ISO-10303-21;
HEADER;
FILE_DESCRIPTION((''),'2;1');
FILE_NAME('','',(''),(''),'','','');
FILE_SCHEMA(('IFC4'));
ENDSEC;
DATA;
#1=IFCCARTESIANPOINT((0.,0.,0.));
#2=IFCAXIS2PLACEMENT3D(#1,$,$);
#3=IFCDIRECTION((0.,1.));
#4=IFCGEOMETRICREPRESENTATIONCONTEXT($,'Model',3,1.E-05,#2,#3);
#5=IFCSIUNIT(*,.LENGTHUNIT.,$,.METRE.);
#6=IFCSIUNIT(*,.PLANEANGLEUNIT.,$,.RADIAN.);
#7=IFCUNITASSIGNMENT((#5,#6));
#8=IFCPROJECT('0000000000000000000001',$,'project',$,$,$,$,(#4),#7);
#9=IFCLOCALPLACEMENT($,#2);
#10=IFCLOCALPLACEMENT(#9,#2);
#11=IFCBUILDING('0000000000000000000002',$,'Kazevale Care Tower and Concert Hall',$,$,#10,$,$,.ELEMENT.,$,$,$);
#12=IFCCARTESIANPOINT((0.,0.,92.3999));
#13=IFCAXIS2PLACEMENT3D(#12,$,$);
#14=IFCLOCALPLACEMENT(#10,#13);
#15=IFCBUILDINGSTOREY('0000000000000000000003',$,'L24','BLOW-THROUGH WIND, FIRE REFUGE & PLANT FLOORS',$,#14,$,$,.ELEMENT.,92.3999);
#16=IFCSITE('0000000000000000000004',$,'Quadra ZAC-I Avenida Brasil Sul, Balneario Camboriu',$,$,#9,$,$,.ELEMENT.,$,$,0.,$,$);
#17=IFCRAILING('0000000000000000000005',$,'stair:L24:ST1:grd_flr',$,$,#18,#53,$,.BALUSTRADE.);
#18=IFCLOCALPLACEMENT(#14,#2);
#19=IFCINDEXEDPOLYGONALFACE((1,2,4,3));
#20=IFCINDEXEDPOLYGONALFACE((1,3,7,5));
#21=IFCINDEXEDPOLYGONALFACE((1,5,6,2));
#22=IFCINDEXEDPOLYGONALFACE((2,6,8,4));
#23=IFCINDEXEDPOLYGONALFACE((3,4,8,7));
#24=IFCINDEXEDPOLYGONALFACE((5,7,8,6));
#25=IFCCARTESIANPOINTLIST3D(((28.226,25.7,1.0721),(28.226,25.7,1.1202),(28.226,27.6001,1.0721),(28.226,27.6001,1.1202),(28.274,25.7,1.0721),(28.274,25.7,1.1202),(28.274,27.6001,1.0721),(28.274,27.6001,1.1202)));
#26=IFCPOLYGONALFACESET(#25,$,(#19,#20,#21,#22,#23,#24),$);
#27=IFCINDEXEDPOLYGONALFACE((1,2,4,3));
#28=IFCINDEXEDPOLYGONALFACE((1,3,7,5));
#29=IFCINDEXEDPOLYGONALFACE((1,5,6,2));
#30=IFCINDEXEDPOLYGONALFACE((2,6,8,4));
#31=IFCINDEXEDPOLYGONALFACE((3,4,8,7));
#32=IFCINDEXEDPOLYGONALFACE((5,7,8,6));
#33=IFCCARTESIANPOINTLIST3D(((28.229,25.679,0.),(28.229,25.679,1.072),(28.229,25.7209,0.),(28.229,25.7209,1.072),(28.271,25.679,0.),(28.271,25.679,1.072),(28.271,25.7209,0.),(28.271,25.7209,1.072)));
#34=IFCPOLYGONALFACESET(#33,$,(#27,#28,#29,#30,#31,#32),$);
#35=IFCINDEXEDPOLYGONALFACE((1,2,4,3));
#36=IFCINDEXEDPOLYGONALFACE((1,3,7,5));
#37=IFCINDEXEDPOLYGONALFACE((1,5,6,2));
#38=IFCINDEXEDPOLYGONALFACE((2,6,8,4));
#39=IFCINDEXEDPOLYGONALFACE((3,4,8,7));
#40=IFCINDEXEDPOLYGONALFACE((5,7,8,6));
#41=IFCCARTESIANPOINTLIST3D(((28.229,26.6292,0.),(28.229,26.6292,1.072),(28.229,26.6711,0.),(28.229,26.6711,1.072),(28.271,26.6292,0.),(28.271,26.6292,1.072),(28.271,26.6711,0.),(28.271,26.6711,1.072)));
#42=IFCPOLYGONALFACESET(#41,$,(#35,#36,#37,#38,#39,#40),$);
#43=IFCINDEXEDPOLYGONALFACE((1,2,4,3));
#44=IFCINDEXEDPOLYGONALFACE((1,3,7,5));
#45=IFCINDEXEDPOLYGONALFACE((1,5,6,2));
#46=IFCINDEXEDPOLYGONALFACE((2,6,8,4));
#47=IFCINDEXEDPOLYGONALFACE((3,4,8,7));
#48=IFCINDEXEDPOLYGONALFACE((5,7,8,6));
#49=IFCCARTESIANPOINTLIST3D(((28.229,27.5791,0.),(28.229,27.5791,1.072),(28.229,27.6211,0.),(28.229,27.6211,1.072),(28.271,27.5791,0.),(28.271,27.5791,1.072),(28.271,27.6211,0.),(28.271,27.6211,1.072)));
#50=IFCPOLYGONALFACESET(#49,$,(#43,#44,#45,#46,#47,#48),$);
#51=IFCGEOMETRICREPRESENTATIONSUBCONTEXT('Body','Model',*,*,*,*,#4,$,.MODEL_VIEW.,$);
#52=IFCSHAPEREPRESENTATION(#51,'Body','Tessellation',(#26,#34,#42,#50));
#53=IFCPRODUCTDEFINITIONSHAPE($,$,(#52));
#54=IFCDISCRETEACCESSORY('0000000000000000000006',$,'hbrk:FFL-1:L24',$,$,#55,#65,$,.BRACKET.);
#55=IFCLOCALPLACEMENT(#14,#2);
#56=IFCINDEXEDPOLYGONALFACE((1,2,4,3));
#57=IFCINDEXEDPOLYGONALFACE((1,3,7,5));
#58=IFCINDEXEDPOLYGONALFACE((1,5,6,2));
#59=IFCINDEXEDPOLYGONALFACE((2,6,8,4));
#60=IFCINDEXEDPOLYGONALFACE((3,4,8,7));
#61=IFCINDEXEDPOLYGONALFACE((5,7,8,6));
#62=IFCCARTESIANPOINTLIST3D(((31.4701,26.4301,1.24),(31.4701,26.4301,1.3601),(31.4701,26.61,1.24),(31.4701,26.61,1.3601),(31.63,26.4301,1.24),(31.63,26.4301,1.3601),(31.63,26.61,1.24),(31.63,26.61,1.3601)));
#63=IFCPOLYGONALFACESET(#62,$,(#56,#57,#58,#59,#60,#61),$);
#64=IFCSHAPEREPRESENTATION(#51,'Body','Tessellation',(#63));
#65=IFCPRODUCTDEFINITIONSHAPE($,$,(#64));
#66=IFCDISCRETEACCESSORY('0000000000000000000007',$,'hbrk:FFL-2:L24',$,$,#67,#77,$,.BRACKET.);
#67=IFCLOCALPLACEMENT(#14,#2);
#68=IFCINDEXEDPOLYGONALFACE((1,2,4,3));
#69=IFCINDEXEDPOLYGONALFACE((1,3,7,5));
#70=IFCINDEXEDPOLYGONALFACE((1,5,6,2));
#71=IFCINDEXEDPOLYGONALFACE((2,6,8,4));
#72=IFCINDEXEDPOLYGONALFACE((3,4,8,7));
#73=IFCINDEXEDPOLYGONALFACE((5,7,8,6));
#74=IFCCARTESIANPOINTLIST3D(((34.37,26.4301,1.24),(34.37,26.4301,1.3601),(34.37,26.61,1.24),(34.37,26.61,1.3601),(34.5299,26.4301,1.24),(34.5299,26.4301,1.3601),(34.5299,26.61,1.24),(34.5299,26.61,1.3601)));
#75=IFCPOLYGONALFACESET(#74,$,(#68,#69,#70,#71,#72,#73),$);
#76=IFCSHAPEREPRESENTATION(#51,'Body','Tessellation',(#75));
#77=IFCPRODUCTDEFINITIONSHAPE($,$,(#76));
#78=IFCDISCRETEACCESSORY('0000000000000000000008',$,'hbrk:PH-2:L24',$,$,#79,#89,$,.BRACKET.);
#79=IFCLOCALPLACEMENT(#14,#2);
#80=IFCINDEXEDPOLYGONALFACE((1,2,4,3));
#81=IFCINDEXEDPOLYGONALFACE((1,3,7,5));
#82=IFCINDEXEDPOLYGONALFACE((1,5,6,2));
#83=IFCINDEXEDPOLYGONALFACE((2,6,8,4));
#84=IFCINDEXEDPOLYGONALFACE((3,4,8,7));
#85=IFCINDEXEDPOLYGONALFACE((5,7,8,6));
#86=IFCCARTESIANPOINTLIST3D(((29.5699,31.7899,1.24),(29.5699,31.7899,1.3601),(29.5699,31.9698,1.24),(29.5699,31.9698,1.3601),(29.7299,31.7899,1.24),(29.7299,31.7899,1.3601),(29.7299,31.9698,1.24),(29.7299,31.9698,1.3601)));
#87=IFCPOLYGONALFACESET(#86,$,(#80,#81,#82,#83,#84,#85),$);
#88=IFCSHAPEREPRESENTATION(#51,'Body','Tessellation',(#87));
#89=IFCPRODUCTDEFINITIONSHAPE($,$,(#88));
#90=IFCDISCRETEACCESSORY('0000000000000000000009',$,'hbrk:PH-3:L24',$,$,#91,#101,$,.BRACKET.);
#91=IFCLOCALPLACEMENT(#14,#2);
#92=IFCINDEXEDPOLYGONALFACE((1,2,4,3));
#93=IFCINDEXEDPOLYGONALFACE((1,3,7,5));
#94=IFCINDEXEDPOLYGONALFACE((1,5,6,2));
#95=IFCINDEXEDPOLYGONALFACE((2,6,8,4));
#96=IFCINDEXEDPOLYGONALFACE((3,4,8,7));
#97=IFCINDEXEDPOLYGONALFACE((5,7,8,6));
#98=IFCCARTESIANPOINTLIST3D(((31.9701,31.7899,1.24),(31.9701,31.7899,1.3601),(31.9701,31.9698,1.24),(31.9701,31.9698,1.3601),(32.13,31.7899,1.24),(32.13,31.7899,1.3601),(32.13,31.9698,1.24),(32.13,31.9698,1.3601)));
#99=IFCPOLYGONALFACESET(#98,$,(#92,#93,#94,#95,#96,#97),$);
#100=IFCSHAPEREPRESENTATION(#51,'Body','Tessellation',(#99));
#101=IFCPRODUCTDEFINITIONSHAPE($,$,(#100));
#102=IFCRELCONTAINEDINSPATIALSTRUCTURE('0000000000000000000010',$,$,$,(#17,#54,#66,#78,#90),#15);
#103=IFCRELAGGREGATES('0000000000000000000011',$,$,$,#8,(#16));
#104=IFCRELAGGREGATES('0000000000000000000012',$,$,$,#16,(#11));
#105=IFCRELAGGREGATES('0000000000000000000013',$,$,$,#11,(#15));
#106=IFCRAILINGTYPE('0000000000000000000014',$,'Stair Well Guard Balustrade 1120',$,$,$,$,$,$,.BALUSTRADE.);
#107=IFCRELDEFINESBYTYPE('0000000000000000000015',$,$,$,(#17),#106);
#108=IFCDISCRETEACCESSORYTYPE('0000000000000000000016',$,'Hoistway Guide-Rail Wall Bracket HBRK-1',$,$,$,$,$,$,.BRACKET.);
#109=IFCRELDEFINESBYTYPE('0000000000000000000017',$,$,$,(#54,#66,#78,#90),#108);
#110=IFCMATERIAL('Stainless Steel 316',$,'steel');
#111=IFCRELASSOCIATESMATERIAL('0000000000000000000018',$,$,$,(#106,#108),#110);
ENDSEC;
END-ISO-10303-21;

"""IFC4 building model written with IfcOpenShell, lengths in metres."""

from ifc_helpers import new_model, si_unit, direction, frame, origin, origin_2d, place, context, subcontext, project, spatial, rectangle, extrude, material, type_object, element, save


model = new_model("IFC4")

# Units and contexts
model_context = context("Model", 3, precision=1e-05, world=origin(), true_north=direction((0.0, 1.0)))
body_context = subcontext(model_context, "Body", "Model", "MODEL_VIEW")
ifc_project = project(units=[si_unit("LENGTHUNIT", "METRE"), si_unit("PLANEANGLEUNIT", "RADIAN")], contexts=[model_context])

# Site, building, storey
site_placement = place(None, origin())
site = spatial("IfcSite", under=ifc_project, at=site_placement, Name="Quadra ZAC-I Avenida Brasil Sul, Balneario Camboriu", CompositionType="ELEMENT", RefElevation=0.0)
building_placement = place(site_placement, origin())
building = spatial("IfcBuilding", under=site, at=building_placement, Name="Kazevale Care Tower and Concert Hall", CompositionType="ELEMENT")
storey_placement = place(building_placement, frame((0.0, 0.0, 92.3999)))
storey = spatial("IfcBuildingStorey", under=building, at=storey_placement, Name="L24", Description="BLOW-THROUGH WIND, FIRE REFUGE & PLANT FLOORS", CompositionType="ELEMENT", Elevation=92.3999)

# Shared definitions
ifc_material_1 = material(Name="Stainless Steel 316", Category="steel")

# Railing
railing_type_1 = type_object("IfcRailingType", Name="Stair Well Guard Balustrade 1120", PredefinedType="BALUSTRADE", material=ifc_material_1)
railing_1_placement = place(storey_placement, frame((28.25, 25.7, 0.0)))
element("IfcRailing", 1, at=railing_1_placement, inside=storey, type_object=railing_type_1, Name="stair:L24:ST1:grd_flr", PredefinedType="BALUSTRADE", context=body_context, shape_type="SweptSolid", body=[
    extrude(rectangle(XDim=0.0481, YDim=0.0481, at=origin_2d()), frame((0.0, 0.0, 1.0962), z_axis=(0.0, 1.0, 0.0), x_axis=(-1.0, 0.0, 0.0)), (0.0, 0.0, 1.0), 1.9001),
    extrude(rectangle(XDim=0.042, YDim=0.042, at=origin_2d()), origin(), (0.0, 0.0, 1.0), 1.072),
    extrude(rectangle(XDim=0.042, YDim=0.042, at=origin_2d()), frame((0.0, 0.9502, 0.0)), (0.0, 0.0, 1.0), 1.072),
    extrude(rectangle(XDim=0.042, YDim=0.042, at=origin_2d()), frame((0.0, 1.9001, 0.0)), (0.0, 0.0, 1.0), 1.072),
])

# Discrete accessories
discrete_accessory_type = type_object("IfcDiscreteAccessoryType", Name="Hoistway Guide-Rail Wall Bracket HBRK-1", PredefinedType="BRACKET", material=ifc_material_1)
for number, where, z_axis, x_axis, name in (
    (2, (31.55, 26.52, 1.24), (0.0, 0.0, 1.0), (1.0, 0.0, 0.0), "hbrk:FFL-1:L24"),
    (3, (34.45, 26.52, 1.24), (0.0, 0.0, 1.0), (1.0, 0.0, 0.0), "hbrk:FFL-2:L24"),
    (4, (29.6499, 31.8799, 1.24), (0.0, 0.0, 1.0), (1.0, 0.0, 0.0), "hbrk:PH-2:L24"),
    (5, (32.05, 31.8799, 1.24), (0.0, 0.0, 1.0), (1.0, 0.0, 0.0), "hbrk:PH-3:L24"),
):
    element("IfcDiscreteAccessory", number, at=place(storey_placement, frame(where, z_axis=z_axis, x_axis=x_axis)), inside=storey, type_object=discrete_accessory_type, Name=name, PredefinedType="BRACKET", context=body_context, shape_type="SweptSolid", body=[
        extrude(rectangle(XDim=0.1599, YDim=0.1799, at=origin_2d()), origin(), (0.0, 0.0, 1.0), 0.1201),
    ])

save(model, "model.ifc")
